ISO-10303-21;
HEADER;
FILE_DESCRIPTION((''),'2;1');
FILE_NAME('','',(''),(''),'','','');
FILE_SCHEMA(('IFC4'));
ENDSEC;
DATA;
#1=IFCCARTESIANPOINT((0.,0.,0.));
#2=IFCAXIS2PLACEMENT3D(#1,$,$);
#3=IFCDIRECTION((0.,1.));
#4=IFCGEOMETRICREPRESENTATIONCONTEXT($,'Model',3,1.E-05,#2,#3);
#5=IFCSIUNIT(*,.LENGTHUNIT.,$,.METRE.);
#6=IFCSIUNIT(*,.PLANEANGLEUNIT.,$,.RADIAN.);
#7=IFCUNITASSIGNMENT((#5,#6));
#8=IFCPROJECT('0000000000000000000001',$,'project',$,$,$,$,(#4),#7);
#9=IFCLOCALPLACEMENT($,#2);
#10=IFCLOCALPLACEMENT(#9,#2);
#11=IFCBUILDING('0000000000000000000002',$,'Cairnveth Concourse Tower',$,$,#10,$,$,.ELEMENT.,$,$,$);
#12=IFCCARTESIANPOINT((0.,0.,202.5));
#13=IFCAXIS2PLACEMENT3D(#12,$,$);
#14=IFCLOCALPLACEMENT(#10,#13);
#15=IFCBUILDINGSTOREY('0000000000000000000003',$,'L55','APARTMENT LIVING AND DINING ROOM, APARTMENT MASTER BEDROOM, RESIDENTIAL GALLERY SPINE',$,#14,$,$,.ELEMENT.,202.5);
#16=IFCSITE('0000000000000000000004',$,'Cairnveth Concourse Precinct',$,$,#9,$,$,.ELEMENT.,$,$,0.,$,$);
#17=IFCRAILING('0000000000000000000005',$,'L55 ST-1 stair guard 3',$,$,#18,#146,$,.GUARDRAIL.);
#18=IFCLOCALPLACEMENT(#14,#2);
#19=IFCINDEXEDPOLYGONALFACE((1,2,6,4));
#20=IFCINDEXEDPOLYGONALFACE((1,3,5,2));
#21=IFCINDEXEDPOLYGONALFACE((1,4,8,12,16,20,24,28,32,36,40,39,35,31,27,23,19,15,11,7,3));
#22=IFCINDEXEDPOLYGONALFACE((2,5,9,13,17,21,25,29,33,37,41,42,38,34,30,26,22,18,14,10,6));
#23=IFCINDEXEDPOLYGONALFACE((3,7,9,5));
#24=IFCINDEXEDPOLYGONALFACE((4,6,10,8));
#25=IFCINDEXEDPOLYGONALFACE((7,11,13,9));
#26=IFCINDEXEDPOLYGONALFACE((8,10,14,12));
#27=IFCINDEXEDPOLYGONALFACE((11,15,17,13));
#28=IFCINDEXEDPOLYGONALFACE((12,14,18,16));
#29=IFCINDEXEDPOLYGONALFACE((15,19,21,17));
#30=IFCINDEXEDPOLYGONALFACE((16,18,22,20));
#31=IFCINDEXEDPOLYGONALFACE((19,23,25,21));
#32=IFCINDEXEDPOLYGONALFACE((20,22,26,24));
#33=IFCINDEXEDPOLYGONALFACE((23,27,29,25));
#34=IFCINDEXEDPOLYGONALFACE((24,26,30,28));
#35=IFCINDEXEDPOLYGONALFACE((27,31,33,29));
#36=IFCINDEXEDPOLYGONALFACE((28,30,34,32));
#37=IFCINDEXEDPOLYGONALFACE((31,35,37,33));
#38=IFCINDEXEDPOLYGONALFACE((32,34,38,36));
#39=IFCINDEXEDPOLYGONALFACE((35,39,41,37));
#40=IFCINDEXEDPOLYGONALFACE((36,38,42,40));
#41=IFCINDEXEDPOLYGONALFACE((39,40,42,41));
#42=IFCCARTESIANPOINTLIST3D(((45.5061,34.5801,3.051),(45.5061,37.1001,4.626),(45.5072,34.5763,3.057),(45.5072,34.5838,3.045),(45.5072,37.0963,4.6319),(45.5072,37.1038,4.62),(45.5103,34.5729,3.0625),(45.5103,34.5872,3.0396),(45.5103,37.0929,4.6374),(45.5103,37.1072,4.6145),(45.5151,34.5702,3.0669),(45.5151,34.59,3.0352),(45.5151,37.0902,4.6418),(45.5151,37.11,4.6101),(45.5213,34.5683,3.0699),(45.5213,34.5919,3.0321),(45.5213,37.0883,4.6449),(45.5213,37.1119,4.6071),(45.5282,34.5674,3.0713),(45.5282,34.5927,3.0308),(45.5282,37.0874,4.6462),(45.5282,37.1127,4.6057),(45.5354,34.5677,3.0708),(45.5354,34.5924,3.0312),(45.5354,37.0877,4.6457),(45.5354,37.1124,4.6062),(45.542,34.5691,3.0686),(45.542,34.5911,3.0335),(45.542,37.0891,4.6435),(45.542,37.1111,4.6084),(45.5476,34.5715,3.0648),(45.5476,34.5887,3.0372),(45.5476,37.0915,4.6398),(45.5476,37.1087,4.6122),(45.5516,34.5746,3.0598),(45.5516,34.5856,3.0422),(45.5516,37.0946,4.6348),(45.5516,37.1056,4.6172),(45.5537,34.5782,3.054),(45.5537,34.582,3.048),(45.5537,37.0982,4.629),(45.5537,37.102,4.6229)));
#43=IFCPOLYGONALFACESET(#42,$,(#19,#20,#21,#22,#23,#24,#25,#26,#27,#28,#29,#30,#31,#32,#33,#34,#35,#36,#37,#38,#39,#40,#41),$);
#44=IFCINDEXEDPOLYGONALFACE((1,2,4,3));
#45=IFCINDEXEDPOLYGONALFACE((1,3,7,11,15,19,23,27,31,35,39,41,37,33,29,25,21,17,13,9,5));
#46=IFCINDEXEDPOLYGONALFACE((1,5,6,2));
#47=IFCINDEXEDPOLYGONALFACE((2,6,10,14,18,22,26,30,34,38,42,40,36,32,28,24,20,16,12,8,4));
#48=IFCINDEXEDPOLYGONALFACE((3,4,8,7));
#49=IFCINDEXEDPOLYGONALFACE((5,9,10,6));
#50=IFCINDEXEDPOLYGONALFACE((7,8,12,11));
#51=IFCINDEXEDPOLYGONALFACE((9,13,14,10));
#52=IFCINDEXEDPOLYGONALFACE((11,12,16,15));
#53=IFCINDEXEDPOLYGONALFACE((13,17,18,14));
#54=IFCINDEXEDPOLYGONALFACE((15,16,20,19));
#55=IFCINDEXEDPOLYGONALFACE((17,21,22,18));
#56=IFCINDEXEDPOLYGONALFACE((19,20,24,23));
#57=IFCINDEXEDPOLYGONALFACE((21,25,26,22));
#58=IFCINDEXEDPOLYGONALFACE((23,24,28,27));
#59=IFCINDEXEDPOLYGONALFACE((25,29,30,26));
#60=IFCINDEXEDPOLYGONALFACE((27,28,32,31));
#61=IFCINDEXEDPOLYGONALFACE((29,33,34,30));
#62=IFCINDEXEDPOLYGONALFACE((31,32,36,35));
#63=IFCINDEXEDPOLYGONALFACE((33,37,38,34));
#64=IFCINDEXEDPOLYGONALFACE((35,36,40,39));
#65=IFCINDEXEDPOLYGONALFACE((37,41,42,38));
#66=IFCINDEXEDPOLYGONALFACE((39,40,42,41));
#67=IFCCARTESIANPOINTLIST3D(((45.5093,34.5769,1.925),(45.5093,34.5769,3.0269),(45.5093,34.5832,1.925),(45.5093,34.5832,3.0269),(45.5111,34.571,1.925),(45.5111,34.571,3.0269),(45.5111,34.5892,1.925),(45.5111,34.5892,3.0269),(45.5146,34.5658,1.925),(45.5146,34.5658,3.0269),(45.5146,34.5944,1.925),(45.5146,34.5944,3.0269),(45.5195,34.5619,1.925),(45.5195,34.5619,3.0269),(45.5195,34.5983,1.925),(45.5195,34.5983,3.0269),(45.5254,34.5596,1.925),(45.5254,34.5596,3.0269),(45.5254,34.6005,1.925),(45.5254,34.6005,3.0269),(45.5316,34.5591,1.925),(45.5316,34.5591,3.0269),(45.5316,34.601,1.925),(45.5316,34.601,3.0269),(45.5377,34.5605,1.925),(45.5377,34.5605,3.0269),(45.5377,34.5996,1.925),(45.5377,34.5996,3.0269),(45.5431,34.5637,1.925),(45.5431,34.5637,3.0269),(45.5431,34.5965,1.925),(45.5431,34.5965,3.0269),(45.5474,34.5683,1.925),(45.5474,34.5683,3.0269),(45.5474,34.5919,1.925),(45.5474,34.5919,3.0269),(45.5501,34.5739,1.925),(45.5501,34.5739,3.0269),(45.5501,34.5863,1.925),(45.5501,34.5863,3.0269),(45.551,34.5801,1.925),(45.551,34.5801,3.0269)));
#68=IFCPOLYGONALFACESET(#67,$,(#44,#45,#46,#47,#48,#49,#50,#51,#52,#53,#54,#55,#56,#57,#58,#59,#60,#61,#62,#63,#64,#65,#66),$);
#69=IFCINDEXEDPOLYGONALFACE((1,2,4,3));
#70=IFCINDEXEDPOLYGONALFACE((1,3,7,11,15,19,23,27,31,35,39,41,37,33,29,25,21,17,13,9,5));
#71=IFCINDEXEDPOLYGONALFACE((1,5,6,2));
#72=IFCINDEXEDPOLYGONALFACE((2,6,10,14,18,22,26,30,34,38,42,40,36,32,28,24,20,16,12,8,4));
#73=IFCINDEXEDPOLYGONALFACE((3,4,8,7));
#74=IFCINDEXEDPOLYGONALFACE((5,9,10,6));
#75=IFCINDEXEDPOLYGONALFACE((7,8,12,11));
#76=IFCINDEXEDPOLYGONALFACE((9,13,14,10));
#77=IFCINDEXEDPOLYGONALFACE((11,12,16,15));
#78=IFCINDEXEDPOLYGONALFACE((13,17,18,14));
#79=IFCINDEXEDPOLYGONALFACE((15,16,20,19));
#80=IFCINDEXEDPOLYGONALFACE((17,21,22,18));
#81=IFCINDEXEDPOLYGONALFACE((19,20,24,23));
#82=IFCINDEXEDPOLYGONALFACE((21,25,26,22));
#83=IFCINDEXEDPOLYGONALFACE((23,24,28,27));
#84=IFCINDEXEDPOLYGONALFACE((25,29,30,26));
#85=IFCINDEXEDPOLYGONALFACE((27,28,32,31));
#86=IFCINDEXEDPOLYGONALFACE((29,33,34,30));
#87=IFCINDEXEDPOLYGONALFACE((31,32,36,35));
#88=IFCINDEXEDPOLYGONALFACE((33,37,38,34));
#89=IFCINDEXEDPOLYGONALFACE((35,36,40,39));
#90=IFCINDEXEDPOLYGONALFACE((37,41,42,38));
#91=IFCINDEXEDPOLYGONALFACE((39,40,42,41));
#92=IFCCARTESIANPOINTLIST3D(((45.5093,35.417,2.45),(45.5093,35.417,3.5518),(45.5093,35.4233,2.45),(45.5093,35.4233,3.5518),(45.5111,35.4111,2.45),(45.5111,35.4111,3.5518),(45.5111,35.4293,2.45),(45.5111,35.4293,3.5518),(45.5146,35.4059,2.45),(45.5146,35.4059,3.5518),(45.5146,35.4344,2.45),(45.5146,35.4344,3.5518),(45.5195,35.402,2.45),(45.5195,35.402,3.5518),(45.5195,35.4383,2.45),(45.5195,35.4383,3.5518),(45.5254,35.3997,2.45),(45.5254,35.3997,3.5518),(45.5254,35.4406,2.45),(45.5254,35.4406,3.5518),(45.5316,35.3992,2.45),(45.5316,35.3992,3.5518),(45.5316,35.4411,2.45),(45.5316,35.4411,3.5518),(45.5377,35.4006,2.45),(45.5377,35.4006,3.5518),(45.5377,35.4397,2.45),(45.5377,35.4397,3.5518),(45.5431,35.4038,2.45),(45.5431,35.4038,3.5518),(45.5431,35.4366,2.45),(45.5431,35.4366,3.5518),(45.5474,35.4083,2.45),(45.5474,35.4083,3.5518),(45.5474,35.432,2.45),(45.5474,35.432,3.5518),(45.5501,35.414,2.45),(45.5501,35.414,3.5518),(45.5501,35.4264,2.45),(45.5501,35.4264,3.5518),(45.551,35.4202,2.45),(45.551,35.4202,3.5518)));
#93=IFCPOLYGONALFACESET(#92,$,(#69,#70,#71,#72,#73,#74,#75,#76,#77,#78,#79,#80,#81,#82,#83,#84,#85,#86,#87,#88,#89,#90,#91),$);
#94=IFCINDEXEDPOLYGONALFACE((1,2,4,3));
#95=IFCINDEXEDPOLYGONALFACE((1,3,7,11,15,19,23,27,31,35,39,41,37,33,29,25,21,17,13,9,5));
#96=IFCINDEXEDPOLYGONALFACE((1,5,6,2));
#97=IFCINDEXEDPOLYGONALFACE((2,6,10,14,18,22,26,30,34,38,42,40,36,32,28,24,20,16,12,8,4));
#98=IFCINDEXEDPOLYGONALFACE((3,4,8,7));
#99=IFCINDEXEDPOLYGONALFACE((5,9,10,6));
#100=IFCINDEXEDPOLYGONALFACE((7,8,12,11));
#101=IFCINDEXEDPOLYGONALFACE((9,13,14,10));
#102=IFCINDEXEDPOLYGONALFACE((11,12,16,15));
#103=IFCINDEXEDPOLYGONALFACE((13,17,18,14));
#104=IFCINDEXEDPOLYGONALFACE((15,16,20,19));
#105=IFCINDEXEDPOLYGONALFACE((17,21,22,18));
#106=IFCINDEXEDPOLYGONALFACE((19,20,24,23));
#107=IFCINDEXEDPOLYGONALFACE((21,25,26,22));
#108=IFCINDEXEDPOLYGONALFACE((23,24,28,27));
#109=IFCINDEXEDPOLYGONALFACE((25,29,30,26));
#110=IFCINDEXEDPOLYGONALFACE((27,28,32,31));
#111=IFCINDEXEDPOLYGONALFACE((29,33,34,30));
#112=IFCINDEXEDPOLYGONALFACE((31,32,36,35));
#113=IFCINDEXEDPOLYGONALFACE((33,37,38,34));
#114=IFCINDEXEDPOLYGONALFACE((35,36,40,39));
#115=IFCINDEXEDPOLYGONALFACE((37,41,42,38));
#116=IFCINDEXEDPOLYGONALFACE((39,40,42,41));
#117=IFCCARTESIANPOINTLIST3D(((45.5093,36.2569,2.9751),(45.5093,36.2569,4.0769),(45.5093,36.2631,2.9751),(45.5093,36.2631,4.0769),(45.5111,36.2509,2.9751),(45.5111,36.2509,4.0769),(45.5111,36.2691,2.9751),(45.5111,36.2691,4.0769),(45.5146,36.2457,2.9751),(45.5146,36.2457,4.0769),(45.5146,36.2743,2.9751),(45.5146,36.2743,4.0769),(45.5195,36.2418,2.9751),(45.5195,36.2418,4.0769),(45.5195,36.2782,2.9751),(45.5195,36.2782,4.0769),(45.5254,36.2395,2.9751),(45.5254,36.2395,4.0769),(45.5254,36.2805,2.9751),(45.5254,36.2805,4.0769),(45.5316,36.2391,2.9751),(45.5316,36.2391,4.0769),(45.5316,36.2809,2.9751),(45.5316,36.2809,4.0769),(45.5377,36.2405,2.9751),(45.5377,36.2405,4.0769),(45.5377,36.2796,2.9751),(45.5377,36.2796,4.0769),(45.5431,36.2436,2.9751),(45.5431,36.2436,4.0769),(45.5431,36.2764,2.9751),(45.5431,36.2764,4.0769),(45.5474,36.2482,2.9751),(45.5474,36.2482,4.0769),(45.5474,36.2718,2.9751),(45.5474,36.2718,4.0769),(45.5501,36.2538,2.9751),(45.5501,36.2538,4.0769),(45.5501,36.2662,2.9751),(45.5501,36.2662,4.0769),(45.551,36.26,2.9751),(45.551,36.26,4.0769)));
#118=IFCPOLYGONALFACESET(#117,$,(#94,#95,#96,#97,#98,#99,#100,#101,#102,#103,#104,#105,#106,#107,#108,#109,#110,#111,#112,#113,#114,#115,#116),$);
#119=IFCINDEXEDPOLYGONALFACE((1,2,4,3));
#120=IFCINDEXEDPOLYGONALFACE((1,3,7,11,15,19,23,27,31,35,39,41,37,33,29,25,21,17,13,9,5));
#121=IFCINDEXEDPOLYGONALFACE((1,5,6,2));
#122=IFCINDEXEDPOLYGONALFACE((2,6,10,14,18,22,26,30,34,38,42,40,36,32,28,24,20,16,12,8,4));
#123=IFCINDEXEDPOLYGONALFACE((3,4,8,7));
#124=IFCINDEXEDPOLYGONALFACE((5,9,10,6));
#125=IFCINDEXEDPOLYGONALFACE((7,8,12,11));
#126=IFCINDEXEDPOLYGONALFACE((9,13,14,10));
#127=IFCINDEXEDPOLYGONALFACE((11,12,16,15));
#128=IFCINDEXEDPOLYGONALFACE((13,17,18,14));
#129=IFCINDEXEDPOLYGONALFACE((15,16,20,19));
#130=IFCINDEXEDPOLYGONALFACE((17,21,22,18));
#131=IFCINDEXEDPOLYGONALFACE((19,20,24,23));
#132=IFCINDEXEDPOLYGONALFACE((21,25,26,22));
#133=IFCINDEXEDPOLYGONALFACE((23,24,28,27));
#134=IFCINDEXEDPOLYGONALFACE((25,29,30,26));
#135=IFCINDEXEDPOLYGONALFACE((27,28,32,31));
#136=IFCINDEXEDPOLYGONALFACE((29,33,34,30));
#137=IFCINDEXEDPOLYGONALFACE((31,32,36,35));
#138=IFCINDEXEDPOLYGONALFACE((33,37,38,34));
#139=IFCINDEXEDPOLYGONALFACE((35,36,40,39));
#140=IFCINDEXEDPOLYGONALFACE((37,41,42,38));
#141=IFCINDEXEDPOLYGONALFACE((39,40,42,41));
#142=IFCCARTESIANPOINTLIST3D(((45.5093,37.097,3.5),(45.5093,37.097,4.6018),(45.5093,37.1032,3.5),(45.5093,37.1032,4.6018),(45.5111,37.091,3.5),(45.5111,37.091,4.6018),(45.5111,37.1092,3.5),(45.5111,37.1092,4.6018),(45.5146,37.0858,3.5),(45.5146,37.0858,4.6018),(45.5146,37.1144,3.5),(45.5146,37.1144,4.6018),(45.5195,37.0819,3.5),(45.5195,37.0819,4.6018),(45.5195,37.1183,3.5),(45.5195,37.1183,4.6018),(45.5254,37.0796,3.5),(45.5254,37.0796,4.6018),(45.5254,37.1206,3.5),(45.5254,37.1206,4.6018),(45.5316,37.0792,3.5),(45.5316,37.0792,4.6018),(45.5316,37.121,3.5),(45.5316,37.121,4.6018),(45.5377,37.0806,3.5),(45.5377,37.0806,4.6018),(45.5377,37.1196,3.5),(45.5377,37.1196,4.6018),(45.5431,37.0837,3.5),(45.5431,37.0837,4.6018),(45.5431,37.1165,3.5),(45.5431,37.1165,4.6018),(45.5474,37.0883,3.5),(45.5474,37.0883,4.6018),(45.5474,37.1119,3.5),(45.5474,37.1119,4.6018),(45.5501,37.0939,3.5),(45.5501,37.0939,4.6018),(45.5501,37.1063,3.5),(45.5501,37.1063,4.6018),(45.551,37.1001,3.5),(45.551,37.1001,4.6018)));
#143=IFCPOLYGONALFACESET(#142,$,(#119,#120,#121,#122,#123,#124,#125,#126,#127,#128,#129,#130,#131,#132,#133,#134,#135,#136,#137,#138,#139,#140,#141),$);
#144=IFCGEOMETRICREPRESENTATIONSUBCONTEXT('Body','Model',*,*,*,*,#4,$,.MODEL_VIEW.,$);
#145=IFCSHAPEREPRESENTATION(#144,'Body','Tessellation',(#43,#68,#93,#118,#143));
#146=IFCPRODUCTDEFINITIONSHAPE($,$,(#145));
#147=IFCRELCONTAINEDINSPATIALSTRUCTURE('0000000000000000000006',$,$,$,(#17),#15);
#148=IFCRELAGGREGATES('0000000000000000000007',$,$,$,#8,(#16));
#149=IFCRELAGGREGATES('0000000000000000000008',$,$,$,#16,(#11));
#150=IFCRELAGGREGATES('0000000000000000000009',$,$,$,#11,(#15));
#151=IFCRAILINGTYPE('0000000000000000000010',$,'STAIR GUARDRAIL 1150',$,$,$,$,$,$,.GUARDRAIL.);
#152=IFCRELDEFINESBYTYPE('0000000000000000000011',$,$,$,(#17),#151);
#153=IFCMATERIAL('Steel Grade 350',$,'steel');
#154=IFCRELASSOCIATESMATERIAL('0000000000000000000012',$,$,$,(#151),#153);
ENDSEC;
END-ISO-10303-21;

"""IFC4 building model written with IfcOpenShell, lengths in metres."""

from ifc_helpers import new_model, si_unit, direction, frame, origin, origin_2d, place, context, subcontext, project, spatial, circle, extrude, material, type_object, element, save


model = new_model("IFC4")

# Units and contexts
model_context = context("Model", 3, precision=1e-05, world=origin(), true_north=direction((0.0, 1.0)))
body_context = subcontext(model_context, "Body", "Model", "MODEL_VIEW")
ifc_project = project(units=[si_unit("LENGTHUNIT", "METRE"), si_unit("PLANEANGLEUNIT", "RADIAN")], contexts=[model_context])

# Site, building, storey
site_placement = place(None, origin())
site = spatial("IfcSite", under=ifc_project, at=site_placement, Name="Cairnveth Concourse Precinct", CompositionType="ELEMENT", RefElevation=0.0)
building_placement = place(site_placement, origin())
building = spatial("IfcBuilding", under=site, at=building_placement, Name="Cairnveth Concourse Tower", CompositionType="ELEMENT")
storey_placement = place(building_placement, frame((0.0, 0.0, 202.5)))
storey = spatial("IfcBuildingStorey", under=building, at=storey_placement, Name="L55", Description="APARTMENT LIVING AND DINING ROOM, APARTMENT MASTER BEDROOM, RESIDENTIAL GALLERY SPINE", CompositionType="ELEMENT", Elevation=202.5)

# Shared definitions
ifc_material_1 = material(Name="Steel Grade 350", Category="steel")

# Railing
railing_type_1 = type_object("IfcRailingType", Name="STAIR GUARDRAIL 1150", PredefinedType="GUARDRAIL", material=ifc_material_1)
railing_1_placement = place(storey_placement, frame((45.53, 34.5801, 1.925)))
element("IfcRailing", 1, at=railing_1_placement, inside=storey, type_object=railing_type_1, Name="L55 ST-1 stair guard 3", PredefinedType="GUARDRAIL", context=body_context, shape_type="SweptSolid", body=[
    extrude(circle(Radius=0.0239, at=origin_2d()), frame((0.0, 0.0, 1.126), z_axis=(0.0, 0.848008, 0.529984), x_axis=(-1.0, 0.0, 0.0)), (0.0, 0.0, 1.0), 2.9717),
    extrude(circle(Radius=0.021, at=origin_2d()), origin(), (0.0, 0.0, 1.0), 1.1018),
    extrude(circle(Radius=0.021, at=origin_2d()), frame((0.0, 0.8401, 0.5249)), (0.0, 0.0, 1.0), 1.1018),
    extrude(circle(Radius=0.021, at=origin_2d()), frame((0.0, 1.6799, 1.05)), (0.0, 0.0, 1.0), 1.1018),
    extrude(circle(Radius=0.021, at=origin_2d()), frame((0.0, 2.52, 1.575)), (0.0, 0.0, 1.0), 1.1018),
])

save(model, "model.ifc")
